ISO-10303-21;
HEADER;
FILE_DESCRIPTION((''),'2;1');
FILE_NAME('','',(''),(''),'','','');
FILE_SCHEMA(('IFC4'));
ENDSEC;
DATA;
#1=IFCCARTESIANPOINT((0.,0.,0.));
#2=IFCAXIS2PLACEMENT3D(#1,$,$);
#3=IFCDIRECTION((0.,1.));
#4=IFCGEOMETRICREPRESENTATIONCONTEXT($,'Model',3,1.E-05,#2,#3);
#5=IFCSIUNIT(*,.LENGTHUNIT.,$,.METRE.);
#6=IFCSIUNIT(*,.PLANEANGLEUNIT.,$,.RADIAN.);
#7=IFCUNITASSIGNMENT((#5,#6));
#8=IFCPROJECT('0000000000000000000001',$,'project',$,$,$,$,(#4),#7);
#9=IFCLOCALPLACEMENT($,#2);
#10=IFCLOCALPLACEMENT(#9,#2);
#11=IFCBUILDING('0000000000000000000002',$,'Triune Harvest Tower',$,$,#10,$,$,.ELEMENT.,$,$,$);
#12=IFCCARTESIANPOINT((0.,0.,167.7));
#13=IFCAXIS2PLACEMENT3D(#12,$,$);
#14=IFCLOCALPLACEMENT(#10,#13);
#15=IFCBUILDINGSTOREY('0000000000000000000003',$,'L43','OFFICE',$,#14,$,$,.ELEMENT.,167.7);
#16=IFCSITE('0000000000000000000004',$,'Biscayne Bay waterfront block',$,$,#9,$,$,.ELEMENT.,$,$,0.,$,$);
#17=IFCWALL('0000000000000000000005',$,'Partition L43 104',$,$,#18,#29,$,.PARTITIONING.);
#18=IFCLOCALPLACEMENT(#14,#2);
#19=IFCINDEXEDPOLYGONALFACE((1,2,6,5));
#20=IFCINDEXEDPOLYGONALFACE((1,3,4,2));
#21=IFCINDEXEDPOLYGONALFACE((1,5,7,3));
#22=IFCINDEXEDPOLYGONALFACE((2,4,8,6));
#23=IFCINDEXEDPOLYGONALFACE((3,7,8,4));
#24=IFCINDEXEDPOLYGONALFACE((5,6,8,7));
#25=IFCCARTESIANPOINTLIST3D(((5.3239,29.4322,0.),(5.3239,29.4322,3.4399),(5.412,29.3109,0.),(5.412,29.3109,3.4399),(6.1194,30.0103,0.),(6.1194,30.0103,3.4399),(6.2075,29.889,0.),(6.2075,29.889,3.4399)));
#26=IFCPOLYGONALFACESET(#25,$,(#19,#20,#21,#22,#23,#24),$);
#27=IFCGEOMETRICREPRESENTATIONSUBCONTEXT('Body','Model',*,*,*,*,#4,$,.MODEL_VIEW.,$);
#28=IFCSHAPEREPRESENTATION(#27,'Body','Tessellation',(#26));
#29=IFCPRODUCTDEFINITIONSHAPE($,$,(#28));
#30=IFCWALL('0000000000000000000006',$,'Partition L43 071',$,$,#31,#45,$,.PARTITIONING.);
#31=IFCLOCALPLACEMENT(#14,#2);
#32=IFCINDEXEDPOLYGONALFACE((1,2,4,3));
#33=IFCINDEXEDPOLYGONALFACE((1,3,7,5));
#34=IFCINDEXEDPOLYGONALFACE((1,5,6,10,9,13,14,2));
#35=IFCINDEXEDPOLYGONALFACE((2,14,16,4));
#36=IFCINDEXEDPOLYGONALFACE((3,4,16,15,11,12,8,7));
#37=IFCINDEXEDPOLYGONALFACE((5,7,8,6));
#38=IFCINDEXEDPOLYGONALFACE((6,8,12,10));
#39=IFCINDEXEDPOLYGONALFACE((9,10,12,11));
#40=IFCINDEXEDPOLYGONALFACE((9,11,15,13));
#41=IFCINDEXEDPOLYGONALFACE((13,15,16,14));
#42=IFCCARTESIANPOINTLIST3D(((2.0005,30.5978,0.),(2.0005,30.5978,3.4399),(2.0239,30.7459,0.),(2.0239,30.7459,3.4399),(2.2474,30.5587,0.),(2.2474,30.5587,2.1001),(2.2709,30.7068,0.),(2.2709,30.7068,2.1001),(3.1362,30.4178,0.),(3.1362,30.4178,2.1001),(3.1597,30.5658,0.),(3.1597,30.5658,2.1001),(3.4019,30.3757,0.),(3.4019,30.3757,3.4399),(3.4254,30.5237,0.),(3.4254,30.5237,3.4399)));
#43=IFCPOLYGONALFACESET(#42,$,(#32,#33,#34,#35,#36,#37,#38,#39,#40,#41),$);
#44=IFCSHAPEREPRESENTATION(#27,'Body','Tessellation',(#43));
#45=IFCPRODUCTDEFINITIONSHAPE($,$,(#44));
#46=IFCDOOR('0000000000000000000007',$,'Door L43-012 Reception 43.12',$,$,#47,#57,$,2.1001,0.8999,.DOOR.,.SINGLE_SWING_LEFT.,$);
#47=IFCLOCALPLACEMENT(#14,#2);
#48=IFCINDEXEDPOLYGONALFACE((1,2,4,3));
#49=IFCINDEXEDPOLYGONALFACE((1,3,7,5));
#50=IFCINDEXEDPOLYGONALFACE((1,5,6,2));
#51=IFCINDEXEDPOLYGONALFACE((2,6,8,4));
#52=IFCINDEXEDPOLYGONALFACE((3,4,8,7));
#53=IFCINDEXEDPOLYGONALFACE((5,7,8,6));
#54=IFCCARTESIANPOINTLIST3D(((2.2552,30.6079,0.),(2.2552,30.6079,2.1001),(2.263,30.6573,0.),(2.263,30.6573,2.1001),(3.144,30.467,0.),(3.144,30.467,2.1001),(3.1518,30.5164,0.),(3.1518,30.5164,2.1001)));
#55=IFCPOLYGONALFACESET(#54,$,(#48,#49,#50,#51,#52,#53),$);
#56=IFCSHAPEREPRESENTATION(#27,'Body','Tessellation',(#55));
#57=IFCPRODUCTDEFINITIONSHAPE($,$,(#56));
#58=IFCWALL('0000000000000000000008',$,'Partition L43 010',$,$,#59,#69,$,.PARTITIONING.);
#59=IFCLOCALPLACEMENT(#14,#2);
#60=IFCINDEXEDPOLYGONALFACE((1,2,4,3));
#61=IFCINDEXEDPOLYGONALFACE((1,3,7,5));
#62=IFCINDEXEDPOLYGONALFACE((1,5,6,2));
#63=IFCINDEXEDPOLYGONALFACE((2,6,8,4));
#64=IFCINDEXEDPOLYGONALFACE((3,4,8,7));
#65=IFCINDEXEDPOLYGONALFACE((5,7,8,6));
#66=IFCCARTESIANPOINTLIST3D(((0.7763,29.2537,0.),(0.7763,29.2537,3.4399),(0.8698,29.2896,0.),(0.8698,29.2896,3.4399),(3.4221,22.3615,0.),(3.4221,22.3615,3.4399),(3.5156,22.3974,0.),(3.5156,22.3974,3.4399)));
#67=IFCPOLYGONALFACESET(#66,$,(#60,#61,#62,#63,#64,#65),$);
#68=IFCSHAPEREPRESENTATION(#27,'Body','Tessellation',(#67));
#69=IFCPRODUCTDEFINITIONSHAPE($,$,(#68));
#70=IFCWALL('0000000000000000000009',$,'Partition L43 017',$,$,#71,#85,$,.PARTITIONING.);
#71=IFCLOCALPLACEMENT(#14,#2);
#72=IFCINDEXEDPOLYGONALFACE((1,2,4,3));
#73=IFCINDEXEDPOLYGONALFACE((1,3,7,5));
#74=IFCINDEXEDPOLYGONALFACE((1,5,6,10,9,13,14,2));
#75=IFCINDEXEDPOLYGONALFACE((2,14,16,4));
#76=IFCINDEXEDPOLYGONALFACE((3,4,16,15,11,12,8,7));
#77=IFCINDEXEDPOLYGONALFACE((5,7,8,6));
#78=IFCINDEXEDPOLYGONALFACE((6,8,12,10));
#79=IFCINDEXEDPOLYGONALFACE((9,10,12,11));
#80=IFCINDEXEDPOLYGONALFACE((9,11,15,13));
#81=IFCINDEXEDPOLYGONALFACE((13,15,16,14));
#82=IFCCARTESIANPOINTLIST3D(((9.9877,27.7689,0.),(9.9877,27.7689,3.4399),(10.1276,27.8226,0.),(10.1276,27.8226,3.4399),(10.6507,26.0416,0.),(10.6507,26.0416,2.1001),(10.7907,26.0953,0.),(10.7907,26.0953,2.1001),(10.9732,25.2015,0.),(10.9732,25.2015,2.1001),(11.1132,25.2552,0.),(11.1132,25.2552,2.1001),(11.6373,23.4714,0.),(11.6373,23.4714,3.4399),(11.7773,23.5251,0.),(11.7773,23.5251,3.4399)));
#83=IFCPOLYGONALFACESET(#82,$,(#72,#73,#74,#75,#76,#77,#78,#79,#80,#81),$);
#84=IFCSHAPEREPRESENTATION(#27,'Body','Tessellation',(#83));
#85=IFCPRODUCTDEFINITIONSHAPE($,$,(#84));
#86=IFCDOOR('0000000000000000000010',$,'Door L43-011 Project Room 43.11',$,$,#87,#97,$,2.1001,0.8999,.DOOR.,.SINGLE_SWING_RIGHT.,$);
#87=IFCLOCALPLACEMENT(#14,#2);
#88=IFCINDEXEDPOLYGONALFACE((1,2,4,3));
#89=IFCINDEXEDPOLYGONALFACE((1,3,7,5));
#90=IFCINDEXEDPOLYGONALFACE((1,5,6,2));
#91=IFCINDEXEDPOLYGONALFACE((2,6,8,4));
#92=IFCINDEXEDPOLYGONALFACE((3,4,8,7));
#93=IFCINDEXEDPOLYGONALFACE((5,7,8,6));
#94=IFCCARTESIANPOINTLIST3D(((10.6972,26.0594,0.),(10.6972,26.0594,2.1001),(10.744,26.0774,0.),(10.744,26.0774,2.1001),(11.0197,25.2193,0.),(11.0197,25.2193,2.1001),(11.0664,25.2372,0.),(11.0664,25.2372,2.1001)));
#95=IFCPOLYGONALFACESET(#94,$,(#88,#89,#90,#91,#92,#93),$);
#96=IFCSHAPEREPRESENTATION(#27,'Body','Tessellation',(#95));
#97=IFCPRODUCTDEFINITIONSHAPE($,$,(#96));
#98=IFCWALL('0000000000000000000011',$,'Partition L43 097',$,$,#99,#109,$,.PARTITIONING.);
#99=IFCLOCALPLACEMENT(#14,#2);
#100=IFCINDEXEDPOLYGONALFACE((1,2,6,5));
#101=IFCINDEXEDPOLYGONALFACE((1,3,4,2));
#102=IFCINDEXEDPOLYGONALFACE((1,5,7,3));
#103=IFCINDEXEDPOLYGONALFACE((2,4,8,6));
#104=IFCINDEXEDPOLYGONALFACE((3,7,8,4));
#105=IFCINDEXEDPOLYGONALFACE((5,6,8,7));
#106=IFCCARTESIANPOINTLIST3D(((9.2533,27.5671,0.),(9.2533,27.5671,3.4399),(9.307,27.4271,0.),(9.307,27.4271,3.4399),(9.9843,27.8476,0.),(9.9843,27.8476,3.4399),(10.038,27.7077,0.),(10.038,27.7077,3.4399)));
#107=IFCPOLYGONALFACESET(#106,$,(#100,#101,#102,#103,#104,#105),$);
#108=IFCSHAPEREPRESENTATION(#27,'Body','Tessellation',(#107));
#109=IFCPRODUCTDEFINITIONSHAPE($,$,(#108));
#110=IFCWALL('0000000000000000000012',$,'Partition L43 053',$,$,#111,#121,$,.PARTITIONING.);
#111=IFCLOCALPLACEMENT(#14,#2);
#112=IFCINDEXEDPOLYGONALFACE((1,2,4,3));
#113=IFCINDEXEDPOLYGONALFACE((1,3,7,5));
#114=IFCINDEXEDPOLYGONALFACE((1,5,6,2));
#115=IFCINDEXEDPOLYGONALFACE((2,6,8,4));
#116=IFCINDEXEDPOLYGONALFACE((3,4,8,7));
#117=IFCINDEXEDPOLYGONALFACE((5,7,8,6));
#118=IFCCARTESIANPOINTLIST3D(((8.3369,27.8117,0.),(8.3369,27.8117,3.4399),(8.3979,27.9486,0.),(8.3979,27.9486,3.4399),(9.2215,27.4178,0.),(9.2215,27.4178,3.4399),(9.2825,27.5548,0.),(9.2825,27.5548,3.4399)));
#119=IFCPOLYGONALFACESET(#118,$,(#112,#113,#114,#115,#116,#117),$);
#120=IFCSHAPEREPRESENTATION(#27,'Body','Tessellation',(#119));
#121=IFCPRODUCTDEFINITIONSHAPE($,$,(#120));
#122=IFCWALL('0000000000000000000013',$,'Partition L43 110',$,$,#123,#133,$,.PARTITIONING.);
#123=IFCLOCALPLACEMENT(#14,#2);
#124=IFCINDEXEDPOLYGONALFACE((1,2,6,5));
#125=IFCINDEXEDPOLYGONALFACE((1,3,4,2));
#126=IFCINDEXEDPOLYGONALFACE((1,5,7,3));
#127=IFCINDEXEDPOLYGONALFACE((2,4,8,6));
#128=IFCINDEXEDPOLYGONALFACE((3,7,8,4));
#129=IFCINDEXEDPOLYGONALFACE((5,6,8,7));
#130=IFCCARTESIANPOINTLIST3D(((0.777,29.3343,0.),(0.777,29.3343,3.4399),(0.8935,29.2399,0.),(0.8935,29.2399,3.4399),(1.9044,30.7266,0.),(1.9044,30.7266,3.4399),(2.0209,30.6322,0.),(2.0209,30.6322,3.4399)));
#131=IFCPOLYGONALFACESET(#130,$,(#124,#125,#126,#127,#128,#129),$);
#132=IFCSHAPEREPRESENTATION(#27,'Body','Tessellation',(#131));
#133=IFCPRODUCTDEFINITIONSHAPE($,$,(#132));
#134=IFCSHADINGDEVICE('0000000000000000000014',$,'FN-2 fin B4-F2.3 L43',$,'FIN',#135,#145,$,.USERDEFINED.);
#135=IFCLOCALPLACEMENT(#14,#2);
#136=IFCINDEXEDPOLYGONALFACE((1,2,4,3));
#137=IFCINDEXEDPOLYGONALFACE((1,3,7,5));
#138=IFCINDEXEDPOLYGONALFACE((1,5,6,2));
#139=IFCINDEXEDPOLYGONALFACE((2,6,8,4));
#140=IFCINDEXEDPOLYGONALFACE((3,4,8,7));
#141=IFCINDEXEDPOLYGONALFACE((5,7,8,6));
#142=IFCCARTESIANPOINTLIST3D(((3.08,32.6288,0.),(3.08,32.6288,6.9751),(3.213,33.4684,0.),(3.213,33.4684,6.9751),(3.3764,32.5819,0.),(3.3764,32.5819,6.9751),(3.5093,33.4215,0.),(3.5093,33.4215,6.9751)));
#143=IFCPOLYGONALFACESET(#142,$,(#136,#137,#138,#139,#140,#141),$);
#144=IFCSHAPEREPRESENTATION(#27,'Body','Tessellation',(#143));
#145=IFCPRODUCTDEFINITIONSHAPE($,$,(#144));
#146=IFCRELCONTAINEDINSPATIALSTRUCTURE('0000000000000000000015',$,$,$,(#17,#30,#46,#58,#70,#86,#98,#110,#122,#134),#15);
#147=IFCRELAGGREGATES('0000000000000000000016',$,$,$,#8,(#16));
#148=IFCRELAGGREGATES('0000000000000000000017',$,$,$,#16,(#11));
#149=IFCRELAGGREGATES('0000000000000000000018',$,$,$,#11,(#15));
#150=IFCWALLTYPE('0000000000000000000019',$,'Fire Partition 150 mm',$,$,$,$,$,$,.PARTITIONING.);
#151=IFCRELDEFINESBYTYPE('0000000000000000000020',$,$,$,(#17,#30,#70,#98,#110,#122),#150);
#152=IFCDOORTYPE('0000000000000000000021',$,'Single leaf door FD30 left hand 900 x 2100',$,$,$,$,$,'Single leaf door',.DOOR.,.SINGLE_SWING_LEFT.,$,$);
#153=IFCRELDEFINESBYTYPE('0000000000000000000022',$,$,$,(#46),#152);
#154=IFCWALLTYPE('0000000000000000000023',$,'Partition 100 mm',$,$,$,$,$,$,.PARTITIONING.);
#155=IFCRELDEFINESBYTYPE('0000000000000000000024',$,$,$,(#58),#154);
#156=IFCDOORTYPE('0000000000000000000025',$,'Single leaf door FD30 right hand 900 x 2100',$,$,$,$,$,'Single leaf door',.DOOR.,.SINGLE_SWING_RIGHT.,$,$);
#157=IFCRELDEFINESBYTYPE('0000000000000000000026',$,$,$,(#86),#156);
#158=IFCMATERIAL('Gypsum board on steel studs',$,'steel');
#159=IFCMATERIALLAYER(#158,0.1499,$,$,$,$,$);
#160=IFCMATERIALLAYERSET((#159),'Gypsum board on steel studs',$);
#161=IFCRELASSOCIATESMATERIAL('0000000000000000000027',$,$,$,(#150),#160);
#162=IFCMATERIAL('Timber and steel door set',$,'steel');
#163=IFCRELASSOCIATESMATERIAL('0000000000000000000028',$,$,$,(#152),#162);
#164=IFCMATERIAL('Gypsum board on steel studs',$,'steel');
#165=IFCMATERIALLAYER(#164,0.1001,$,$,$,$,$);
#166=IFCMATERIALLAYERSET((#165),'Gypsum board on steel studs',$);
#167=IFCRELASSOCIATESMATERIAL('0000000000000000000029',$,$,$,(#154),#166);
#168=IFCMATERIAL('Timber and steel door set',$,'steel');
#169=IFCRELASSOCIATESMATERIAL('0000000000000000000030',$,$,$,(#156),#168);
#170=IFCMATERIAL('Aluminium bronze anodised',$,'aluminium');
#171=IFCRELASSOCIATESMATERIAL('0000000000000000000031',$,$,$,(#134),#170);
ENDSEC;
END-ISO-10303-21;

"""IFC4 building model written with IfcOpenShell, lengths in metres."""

from ifc_helpers import new_model, si_unit, direction, frame, frame_2d, origin, origin_2d, place, context, subcontext, project, spatial, rectangle, extrude, source, transform, mapped, material, layer, layer_set, type_object, element, fill, save


model = new_model("IFC4")

# Units and contexts
model_context = context("Model", 3, precision=1e-05, world=origin(), true_north=direction((0.0, 1.0)))
body_context = subcontext(model_context, "Body", "Model", "MODEL_VIEW")
ifc_project = project(units=[si_unit("LENGTHUNIT", "METRE"), si_unit("PLANEANGLEUNIT", "RADIAN")], contexts=[model_context])

# Site, building, storey
site_placement = place(None, origin())
site = spatial("IfcSite", under=ifc_project, at=site_placement, Name="Biscayne Bay waterfront block", CompositionType="ELEMENT", RefElevation=0.0)
building_placement = place(site_placement, origin())
building = spatial("IfcBuilding", under=site, at=building_placement, Name="Triune Harvest Tower", CompositionType="ELEMENT")
storey_placement = place(building_placement, frame((0.0, 0.0, 167.7)))
storey = spatial("IfcBuildingStorey", under=building, at=storey_placement, Name="L43", Description="OFFICE", CompositionType="ELEMENT", Elevation=167.7)

# Wall
ifc_material_1 = material(Name="Gypsum board on steel studs", Category="steel")
ifc_layer_1 = layer(ifc_material_1, 0.1499)
ifc_layer_set_1 = layer_set([ifc_layer_1], Name="Gypsum board on steel studs")
wall_type_1 = type_object("IfcWallType", Name="Fire Partition 150 mm", PredefinedType="PARTITIONING", material=ifc_layer_set_1)
shared_shape_1 = source(origin(), body_context, "Body", "SweptSolid", [
    extrude(rectangle(XDim=0.9834, YDim=0.1499, at=frame_2d((0.4917, 0.0))), origin(), (0.0, 0.0, 1.0), 3.4399),
])
for number, where, z_axis, x_axis, name in (
    (1, (5.3679, 29.3716, 0.0), (0.0, 0.0, 1.0), (0.808994, 0.587817, 0.0), "Partition L43 104"),
):
    element("IfcWall", number, at=place(storey_placement, frame(where, z_axis=z_axis, x_axis=x_axis)), inside=storey, type_object=wall_type_1, Name=name, PredefinedType="PARTITIONING", context=body_context, shape_type="MappedRepresentation", body=[
        mapped(shared_shape_1, transform((0.0, 0.0, 0.0), scale=1.0)),
    ])

# Wall, opening, door
shared_shape_2 = source(origin(), body_context, "Body", "SweptSolid", [
    extrude(rectangle(XDim=1.4189, YDim=0.1499, at=frame_2d((0.7095, 0.0))), origin(), (0.0, 0.0, 1.0), 3.4399),
])
wall_1_placement = place(storey_placement, frame((2.0122, 30.6719, 0.0), z_axis=(0.0, 0.0, 1.0), x_axis=(0.987665, -0.156581, 0.0)))
wall_1 = element("IfcWall", 2, at=wall_1_placement, inside=storey, type_object=wall_type_1, Name="Partition L43 071", PredefinedType="PARTITIONING", context=body_context, shape_type="MappedRepresentation", body=[
    mapped(shared_shape_2, transform((0.0, 0.0, 0.0), scale=1.0)),
])
opening_1_placement = place(wall_1_placement, frame((0.25, 0.0, 0.0)))
opening_1 = element("IfcOpeningElement", 3, at=opening_1_placement, cuts=wall_1, PredefinedType="OPENING", context=body_context, shape_type="SweptSolid", body=[
    extrude(rectangle(XDim=0.8999, YDim=2.1001, at=frame_2d((0.45, 1.05))), frame((0.0, 0.085, 0.0), z_axis=(0.0, -1.0, 0.0), x_axis=(1.0, 0.0, 0.0)), (0.0, 0.0, 1.0), 0.1699),
])
ifc_material_2 = material(Name="Timber and steel door set", Category="steel")
door_type_1 = type_object("IfcDoorType", Name="Single leaf door FD30 left hand 900 x 2100", ElementType="Single leaf door", OperationType="SINGLE_SWING_LEFT", PredefinedType="DOOR", material=ifc_material_2)
door_1_placement = place(opening_1_placement, origin())
door_1 = element("IfcDoor", 4, at=door_1_placement, inside=storey, type_object=door_type_1, Name="Door L43-012 Reception 43.12", OperationType="SINGLE_SWING_LEFT", OverallHeight=2.1001, OverallWidth=0.8999, PredefinedType="DOOR", context=body_context, shape_type="SweptSolid", body=[
    extrude(rectangle(XDim=0.8999, YDim=2.1001, at=frame_2d((0.45, 1.05))), frame((0.0, 0.0249, 0.0), z_axis=(0.0, -1.0, 0.0), x_axis=(1.0, 0.0, 0.0)), (0.0, 0.0, 1.0), 0.05),
])
fill(opening_1, door_1)

# Wall
ifc_material_3 = material(Name="Gypsum board on steel studs", Category="steel")
ifc_layer_2 = layer(ifc_material_3, 0.1001)
ifc_layer_set_2 = layer_set([ifc_layer_2], Name="Gypsum board on steel studs")
wall_type_2 = type_object("IfcWallType", Name="Partition 100 mm", PredefinedType="PARTITIONING", material=ifc_layer_set_2)
shared_shape_3 = source(origin(), body_context, "Body", "SweptSolid", [
    extrude(rectangle(XDim=7.3826, YDim=0.1001, at=frame_2d((3.6914, 0.0))), origin(), (0.0, 0.0, 1.0), 3.4399),
])
wall_2_placement = place(storey_placement, frame((0.823, 29.2717, 0.0), z_axis=(0.0, 0.0, 1.0), x_axis=(0.358383, -0.933575, 0.0)))
element("IfcWall", 5, at=wall_2_placement, inside=storey, type_object=wall_type_2, Name="Partition L43 010", PredefinedType="PARTITIONING", context=body_context, shape_type="MappedRepresentation", body=[
    mapped(shared_shape_3, transform((0.0, 0.0, 0.0), scale=1.0)),
])

# Wall, opening, door
shared_shape_4 = source(origin(), body_context, "Body", "SweptSolid", [
    extrude(rectangle(XDim=4.6033, YDim=0.1499, at=frame_2d((2.3018, 0.0))), origin(), (0.0, 0.0, 1.0), 3.4399),
])
wall_3_placement = place(storey_placement, frame((10.0576, 27.7959, 0.0), z_axis=(0.0, 0.0, 1.0), x_axis=(0.358361, -0.933583, 0.0)))
wall_3 = element("IfcWall", 6, at=wall_3_placement, inside=storey, type_object=wall_type_1, Name="Partition L43 017", PredefinedType="PARTITIONING", context=body_context, shape_type="MappedRepresentation", body=[
    mapped(shared_shape_4, transform((0.0, 0.0, 0.0), scale=1.0)),
])
opening_2_placement = place(wall_3_placement, frame((1.8503, 0.0, 0.0)))
opening_2 = element("IfcOpeningElement", 7, at=opening_2_placement, cuts=wall_3, PredefinedType="OPENING", context=body_context, shape_type="SweptSolid", body=[
    extrude(rectangle(XDim=0.8999, YDim=2.1001, at=frame_2d((0.45, 1.05))), frame((0.0, 0.085, 0.0), z_axis=(0.0, -1.0, 0.0), x_axis=(1.0, 0.0, 0.0)), (0.0, 0.0, 1.0), 0.1699),
])
ifc_material_4 = material(Name="Timber and steel door set", Category="steel")
door_type_2 = type_object("IfcDoorType", Name="Single leaf door FD30 right hand 900 x 2100", ElementType="Single leaf door", OperationType="SINGLE_SWING_RIGHT", PredefinedType="DOOR", material=ifc_material_4)
door_2_placement = place(opening_2_placement, origin())
door_2 = element("IfcDoor", 8, at=door_2_placement, inside=storey, type_object=door_type_2, Name="Door L43-011 Project Room 43.11", OperationType="SINGLE_SWING_RIGHT", OverallHeight=2.1001, OverallWidth=0.8999, PredefinedType="DOOR", context=body_context, shape_type="SweptSolid", body=[
    extrude(rectangle(XDim=0.8999, YDim=2.1001, at=frame_2d((0.45, 1.05))), frame((0.0, 0.0249, 0.0), z_axis=(0.0, -1.0, 0.0), x_axis=(1.0, 0.0, 0.0)), (0.0, 0.0, 1.0), 0.05),
])
fill(opening_2, door_2)

# Walls
shared_shape_5 = source(origin(), body_context, "Body", "SweptSolid", [
    extrude(rectangle(XDim=0.783, YDim=0.1499, at=frame_2d((0.3916, 0.0))), origin(), (0.0, 0.0, 1.0), 3.4399),
])
wall_4_placement = place(storey_placement, frame((9.28, 27.4971, 0.0), z_axis=(0.0, 0.0, 1.0), x_axis=(0.933611, 0.358289, 0.0)))
element("IfcWall", 9, at=wall_4_placement, inside=storey, type_object=wall_type_1, Name="Partition L43 097", PredefinedType="PARTITIONING", context=body_context, shape_type="MappedRepresentation", body=[
    mapped(shared_shape_5, transform((0.0, 0.0, 0.0), scale=1.0)),
])
shared_shape_6 = source(origin(), body_context, "Body", "SweptSolid", [
    extrude(rectangle(XDim=0.9683, YDim=0.1499, at=frame_2d((0.4841, 0.0))), origin(), (0.0, 0.0, 1.0), 3.4399),
])
wall_5_placement = place(storey_placement, frame((8.3674, 27.8801, 0.0), z_axis=(0.0, 0.0, 1.0), x_axis=(0.913551, -0.406723, 0.0)))
element("IfcWall", 10, at=wall_5_placement, inside=storey, type_object=wall_type_1, Name="Partition L43 053", PredefinedType="PARTITIONING", context=body_context, shape_type="MappedRepresentation", body=[
    mapped(shared_shape_6, transform((0.0, 0.0, 0.0), scale=1.0)),
])
shared_shape_7 = source(origin(), body_context, "Body", "SweptSolid", [
    extrude(rectangle(XDim=1.7915, YDim=0.1499, at=frame_2d((0.8958, 0.0))), origin(), (0.0, 0.0, 1.0), 3.4399),
])
wall_6_placement = place(storey_placement, frame((0.8352, 29.2871, 0.0), z_axis=(0.0, 0.0, 1.0), x_axis=(0.629304, 0.777159, 0.0)))
element("IfcWall", 11, at=wall_6_placement, inside=storey, type_object=wall_type_1, Name="Partition L43 110", PredefinedType="PARTITIONING", context=body_context, shape_type="MappedRepresentation", body=[
    mapped(shared_shape_7, transform((0.0, 0.0, 0.0), scale=1.0)),
])

# Shading device
ifc_material_5 = material(Name="Aluminium bronze anodised", Category="aluminium")
shared_shape_8 = source(origin(), body_context, "Body", "SweptSolid", [
    extrude(rectangle(XDim=0.3, YDim=0.8501, at=origin_2d()), origin(), (0.0, 0.0, 1.0), 6.9751),
])
shading_device_placement = place(storey_placement, frame((3.2947, 33.0251, 0.0), z_axis=(0.0, 0.0, 1.0), x_axis=(-0.987689, 0.156433, 0.0)))
element("IfcShadingDevice", 12, at=shading_device_placement, inside=storey, material=ifc_material_5, Name="FN-2 fin B4-F2.3 L43", ObjectType="FIN", PredefinedType="USERDEFINED", context=body_context, shape_type="MappedRepresentation", body=[
    mapped(shared_shape_8, transform((0.0, 0.0, 0.0), scale=1.0)),
])

save(model, "model.ifc")
